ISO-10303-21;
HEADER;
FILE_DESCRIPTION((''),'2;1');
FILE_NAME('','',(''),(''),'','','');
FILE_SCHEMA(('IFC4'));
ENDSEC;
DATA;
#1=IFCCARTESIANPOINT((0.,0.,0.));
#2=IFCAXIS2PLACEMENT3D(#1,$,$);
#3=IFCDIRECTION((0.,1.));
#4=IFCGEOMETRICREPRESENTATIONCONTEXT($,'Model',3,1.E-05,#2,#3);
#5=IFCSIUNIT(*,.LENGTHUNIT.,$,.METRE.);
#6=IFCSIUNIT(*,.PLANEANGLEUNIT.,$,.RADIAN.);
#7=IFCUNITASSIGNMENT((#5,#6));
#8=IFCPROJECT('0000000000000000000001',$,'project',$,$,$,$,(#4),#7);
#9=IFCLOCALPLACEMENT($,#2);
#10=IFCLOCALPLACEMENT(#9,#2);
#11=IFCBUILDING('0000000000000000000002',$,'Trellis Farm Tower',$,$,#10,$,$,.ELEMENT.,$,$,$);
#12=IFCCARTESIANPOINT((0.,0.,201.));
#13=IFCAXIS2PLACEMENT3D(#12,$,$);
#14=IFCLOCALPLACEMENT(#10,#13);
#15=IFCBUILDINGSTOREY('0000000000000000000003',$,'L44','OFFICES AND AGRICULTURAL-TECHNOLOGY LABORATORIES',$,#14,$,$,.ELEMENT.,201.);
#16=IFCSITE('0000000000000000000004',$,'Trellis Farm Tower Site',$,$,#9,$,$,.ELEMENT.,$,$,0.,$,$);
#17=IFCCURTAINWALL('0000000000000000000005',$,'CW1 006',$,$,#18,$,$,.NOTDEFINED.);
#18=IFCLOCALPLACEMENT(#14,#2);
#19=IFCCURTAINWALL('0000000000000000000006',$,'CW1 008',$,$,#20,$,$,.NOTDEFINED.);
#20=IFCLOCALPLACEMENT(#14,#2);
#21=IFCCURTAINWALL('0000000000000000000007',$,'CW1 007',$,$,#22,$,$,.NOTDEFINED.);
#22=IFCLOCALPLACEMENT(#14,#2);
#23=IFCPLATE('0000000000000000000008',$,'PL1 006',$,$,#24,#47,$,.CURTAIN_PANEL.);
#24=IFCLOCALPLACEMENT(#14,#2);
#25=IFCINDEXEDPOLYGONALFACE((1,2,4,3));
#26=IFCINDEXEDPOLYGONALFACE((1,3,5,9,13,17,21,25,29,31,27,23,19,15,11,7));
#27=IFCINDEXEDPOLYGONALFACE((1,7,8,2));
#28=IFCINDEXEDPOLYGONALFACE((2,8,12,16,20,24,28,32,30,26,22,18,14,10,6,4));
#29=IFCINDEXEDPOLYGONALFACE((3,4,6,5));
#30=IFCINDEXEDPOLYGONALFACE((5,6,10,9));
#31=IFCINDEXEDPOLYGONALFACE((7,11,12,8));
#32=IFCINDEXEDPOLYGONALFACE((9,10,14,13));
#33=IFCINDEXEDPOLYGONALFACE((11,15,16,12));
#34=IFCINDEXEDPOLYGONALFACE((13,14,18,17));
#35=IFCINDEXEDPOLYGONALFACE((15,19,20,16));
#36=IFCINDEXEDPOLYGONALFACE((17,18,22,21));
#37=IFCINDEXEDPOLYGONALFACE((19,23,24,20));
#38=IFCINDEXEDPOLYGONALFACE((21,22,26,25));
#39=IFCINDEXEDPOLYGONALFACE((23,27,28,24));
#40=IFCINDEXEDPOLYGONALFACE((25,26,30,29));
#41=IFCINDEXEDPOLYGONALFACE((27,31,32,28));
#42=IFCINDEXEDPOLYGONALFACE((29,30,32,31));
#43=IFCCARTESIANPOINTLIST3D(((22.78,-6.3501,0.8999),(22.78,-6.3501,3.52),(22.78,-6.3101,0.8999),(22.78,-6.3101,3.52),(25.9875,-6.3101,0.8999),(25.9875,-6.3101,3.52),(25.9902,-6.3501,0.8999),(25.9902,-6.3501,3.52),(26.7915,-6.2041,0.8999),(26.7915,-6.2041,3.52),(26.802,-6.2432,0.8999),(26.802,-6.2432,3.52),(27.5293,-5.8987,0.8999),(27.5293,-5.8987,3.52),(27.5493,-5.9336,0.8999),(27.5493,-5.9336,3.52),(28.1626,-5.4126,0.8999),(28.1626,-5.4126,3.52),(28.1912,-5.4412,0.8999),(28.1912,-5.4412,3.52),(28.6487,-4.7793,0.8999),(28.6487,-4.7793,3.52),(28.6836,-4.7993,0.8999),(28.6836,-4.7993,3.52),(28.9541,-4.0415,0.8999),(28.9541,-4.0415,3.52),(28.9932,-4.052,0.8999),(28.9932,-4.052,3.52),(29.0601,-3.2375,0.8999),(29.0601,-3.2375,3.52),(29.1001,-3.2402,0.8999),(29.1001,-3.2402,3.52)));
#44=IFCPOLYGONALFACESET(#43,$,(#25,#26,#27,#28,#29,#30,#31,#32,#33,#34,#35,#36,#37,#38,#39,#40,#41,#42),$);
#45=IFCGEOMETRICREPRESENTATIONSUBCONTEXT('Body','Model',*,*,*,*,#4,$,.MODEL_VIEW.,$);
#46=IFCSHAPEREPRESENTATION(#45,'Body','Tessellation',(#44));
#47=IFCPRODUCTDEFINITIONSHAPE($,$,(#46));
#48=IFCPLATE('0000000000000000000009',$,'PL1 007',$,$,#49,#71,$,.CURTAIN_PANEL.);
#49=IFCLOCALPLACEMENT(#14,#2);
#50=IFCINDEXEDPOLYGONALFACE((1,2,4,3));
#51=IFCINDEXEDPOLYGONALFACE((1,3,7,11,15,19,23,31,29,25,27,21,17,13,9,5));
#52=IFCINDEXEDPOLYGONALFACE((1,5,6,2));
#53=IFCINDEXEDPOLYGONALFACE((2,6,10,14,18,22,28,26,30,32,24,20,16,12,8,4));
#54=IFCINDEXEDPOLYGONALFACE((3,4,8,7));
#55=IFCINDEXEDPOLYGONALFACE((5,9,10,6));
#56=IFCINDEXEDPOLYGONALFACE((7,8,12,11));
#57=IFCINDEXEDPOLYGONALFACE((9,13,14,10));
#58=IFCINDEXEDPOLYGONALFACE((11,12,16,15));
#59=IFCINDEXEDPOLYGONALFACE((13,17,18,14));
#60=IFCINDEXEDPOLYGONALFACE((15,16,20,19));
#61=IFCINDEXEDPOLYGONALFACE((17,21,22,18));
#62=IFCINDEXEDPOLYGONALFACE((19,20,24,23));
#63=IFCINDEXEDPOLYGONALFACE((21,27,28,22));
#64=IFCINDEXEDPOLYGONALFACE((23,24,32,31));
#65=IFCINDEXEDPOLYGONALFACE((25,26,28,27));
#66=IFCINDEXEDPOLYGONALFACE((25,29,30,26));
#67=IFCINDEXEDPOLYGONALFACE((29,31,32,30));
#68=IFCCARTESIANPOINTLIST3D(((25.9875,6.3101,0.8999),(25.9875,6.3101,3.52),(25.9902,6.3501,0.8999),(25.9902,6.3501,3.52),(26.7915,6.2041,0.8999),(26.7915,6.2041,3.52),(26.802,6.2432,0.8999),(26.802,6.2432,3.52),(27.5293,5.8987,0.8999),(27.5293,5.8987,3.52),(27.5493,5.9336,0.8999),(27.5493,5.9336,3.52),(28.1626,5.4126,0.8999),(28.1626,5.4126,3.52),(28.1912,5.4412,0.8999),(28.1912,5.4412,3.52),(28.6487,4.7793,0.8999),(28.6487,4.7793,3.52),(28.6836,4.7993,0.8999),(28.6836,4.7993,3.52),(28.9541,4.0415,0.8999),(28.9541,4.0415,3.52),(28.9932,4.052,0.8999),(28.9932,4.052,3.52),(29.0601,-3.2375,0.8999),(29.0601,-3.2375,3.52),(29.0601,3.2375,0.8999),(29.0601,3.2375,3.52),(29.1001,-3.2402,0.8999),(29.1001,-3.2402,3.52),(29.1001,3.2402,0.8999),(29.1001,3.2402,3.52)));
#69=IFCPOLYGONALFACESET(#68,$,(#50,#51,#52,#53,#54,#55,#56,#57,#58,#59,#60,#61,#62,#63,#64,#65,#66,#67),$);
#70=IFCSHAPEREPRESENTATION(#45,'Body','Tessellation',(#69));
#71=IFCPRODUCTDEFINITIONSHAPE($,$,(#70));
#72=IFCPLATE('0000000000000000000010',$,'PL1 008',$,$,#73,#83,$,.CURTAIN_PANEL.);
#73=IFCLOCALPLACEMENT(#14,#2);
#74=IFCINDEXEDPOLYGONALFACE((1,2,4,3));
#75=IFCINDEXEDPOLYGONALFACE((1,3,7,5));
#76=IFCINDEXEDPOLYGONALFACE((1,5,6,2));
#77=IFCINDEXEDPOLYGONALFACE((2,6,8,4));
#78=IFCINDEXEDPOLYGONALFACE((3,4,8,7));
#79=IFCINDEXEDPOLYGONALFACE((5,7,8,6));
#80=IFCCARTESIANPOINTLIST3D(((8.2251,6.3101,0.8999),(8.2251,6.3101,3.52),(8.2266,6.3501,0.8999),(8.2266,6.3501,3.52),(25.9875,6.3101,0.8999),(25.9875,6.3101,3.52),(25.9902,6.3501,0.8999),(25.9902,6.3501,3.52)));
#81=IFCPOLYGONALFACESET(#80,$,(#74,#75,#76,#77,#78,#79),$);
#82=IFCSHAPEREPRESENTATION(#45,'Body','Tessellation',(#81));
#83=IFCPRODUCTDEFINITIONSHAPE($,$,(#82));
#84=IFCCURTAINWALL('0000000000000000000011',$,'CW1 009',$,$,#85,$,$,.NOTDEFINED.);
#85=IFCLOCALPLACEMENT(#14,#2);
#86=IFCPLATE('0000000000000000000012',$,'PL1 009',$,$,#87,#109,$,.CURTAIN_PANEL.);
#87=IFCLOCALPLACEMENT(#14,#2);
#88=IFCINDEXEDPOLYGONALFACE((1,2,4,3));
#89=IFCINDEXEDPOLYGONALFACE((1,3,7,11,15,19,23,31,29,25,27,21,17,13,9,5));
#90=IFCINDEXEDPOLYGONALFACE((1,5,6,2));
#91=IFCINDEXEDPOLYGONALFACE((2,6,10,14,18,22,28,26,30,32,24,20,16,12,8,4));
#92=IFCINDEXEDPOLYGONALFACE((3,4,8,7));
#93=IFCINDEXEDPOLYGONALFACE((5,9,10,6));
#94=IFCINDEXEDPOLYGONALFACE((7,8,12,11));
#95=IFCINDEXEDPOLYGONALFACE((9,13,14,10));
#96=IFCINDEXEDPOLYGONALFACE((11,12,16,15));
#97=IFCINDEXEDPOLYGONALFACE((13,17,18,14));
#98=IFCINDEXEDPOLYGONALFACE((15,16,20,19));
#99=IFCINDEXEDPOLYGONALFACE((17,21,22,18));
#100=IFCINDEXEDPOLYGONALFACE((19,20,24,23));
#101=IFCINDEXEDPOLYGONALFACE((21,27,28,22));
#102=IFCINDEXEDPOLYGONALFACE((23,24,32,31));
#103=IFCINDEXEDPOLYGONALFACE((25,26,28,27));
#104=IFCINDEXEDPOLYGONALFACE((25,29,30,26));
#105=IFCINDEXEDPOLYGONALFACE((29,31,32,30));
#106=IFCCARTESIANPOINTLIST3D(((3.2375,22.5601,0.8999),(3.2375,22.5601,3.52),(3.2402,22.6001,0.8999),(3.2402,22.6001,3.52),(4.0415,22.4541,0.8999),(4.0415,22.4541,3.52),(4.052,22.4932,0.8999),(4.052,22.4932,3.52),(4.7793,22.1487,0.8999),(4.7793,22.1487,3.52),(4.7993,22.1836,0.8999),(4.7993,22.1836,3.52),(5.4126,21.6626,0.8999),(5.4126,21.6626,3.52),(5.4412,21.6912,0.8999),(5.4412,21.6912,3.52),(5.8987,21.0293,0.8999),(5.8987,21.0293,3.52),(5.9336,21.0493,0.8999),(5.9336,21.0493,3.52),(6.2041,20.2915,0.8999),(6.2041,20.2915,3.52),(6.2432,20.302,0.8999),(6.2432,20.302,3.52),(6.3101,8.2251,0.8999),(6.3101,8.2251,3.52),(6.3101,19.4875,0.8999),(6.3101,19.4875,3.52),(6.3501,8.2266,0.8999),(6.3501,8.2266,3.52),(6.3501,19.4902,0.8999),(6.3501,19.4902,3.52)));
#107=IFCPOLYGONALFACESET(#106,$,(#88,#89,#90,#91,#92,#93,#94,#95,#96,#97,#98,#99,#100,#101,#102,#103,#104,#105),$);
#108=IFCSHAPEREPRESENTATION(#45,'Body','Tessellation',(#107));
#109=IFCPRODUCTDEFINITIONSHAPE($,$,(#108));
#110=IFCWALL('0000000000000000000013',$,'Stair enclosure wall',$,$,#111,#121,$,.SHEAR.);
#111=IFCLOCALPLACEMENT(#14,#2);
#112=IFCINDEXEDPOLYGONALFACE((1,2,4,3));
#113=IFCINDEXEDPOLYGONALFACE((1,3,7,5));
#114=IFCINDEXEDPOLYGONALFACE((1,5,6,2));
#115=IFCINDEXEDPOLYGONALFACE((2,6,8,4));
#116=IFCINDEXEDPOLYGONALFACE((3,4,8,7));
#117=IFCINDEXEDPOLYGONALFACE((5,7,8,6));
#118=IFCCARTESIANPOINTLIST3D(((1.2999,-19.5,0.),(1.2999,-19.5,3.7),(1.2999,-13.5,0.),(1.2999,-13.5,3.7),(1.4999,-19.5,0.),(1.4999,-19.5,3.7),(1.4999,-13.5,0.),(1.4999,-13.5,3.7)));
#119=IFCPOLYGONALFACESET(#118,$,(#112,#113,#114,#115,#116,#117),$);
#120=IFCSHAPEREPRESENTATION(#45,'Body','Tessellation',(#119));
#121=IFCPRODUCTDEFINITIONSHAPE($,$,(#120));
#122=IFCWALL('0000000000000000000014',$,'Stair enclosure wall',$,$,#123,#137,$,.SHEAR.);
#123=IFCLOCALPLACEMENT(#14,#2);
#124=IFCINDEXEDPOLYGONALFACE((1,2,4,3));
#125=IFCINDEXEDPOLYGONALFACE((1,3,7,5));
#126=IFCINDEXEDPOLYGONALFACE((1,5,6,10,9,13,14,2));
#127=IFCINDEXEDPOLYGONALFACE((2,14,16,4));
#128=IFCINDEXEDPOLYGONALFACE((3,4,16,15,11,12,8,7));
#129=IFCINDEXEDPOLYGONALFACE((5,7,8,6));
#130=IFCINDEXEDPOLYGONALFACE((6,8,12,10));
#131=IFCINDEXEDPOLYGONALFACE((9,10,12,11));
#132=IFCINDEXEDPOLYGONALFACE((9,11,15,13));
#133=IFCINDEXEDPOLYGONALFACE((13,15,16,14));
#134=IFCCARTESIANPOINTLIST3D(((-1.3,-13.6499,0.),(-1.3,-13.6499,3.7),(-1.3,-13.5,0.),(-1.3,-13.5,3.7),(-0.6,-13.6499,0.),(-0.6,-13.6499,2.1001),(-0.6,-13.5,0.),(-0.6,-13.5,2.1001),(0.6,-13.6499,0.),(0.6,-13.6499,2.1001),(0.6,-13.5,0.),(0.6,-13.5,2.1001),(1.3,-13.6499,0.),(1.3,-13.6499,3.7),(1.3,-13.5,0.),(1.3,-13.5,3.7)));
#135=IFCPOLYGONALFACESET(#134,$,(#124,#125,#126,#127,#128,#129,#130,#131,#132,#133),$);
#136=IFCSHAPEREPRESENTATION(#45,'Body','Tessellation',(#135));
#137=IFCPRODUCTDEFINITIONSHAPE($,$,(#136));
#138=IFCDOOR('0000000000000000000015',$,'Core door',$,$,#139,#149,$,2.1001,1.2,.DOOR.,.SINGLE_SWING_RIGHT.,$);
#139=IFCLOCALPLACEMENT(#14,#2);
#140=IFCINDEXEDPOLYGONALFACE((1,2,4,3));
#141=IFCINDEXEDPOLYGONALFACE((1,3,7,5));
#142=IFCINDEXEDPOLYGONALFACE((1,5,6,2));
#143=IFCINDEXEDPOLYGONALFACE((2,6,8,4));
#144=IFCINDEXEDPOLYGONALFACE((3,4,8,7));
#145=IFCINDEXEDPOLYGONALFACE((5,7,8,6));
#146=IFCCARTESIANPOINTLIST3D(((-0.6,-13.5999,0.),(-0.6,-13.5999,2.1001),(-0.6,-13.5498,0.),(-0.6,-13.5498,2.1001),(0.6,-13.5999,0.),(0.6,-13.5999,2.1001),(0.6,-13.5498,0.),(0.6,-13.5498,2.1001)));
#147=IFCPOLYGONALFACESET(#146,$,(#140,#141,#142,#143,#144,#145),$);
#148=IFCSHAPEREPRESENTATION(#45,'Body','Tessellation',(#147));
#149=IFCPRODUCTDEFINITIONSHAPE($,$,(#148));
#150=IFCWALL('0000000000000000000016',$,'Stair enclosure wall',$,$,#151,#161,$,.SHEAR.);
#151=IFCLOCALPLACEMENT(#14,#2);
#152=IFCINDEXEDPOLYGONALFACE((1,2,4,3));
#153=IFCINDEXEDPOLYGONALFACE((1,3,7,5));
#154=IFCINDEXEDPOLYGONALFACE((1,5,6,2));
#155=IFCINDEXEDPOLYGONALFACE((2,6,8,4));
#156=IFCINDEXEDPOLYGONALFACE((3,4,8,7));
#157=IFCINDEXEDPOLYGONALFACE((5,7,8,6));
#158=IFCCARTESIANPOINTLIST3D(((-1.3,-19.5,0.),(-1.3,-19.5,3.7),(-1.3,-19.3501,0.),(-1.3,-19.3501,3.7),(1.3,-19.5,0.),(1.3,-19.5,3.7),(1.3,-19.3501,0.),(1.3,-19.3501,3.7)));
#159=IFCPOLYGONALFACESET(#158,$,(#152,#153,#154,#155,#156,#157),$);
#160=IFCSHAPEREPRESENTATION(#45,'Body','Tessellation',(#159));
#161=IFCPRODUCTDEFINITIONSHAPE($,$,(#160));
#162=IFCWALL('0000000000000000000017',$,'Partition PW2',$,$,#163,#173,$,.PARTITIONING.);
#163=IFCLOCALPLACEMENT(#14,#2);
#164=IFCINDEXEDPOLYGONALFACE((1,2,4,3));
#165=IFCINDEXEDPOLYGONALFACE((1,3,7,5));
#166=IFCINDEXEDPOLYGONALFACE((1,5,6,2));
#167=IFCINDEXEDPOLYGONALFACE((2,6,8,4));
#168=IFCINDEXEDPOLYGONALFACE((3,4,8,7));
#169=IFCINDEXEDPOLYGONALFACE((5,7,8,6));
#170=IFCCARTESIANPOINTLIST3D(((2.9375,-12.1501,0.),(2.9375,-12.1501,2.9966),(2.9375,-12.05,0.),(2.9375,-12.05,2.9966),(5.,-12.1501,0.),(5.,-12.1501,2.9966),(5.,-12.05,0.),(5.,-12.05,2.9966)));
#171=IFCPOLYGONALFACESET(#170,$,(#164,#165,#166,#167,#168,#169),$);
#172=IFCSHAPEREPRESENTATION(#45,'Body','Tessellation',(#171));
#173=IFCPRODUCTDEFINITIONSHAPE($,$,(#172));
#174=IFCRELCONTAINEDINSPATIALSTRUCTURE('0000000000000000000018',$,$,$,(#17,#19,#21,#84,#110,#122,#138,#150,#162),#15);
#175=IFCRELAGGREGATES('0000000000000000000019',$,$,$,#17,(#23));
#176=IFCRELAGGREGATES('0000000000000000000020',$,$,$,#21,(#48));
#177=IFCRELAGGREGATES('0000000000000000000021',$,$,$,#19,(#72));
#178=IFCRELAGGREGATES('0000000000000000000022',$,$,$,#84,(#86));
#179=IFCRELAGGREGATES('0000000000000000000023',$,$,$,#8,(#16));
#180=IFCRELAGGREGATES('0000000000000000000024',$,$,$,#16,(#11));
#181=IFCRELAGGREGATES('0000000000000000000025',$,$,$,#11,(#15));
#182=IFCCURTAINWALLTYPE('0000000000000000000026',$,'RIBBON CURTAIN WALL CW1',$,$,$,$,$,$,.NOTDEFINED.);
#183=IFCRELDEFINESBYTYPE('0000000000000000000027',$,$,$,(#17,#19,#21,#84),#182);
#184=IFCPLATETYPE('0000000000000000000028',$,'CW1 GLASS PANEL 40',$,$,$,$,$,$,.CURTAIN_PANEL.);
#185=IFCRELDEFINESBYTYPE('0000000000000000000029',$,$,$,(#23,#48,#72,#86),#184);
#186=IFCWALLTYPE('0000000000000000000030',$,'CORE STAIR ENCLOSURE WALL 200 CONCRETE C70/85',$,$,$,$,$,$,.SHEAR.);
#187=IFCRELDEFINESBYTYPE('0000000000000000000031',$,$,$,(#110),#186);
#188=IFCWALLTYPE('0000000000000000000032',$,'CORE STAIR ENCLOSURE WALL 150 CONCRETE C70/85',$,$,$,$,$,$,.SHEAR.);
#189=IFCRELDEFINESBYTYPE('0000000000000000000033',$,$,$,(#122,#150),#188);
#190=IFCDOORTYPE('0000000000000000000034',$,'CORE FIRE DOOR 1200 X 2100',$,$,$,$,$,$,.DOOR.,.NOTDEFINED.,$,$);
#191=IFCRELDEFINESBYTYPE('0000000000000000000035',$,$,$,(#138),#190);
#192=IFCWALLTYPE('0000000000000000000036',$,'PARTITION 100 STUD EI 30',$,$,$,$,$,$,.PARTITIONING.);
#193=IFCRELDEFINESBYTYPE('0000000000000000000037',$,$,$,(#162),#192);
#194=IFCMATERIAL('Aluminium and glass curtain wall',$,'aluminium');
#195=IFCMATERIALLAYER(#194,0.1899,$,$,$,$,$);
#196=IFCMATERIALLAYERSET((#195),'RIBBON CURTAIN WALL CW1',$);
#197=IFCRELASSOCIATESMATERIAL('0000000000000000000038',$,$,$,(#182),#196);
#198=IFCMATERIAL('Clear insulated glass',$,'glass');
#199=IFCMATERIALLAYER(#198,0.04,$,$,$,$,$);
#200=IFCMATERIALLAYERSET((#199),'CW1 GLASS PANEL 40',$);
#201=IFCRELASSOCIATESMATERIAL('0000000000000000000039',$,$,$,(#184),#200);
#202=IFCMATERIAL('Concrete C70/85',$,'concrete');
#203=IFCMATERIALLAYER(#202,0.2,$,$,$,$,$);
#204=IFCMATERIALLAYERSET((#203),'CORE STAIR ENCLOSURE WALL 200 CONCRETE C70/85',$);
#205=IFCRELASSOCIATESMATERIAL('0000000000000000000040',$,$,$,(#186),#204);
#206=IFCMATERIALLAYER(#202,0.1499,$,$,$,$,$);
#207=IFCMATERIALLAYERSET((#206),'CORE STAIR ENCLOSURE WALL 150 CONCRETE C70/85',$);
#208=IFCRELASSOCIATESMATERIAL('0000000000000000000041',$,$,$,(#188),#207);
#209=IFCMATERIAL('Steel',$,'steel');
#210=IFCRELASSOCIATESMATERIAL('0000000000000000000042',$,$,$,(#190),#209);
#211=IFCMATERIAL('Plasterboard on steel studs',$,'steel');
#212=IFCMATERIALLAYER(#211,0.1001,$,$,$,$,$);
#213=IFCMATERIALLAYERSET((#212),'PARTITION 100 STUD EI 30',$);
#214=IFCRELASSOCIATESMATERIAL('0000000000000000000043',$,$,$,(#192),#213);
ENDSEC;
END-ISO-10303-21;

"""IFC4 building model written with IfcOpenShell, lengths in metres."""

from ifc_helpers import new_model, si_unit, direction, frame, frame_2d, origin, place, context, subcontext, project, spatial, polyline, rectangle, outline, extrude, source, transform, mapped, material, layer, layer_set, type_object, element, fill, aggregate, save


model = new_model("IFC4")

# Units and contexts
model_context = context("Model", 3, precision=1e-05, world=origin(), true_north=direction((0.0, 1.0)))
body_context = subcontext(model_context, "Body", "Model", "MODEL_VIEW")
ifc_project = project(units=[si_unit("LENGTHUNIT", "METRE"), si_unit("PLANEANGLEUNIT", "RADIAN")], contexts=[model_context])

# Site, building, storey
site_placement = place(None, origin())
site = spatial("IfcSite", under=ifc_project, at=site_placement, Name="Trellis Farm Tower Site", CompositionType="ELEMENT", RefElevation=0.0)
building_placement = place(site_placement, origin())
building = spatial("IfcBuilding", under=site, at=building_placement, Name="Trellis Farm Tower", CompositionType="ELEMENT")
storey_placement = place(building_placement, frame((0.0, 0.0, 201.0)))
storey = spatial("IfcBuildingStorey", under=building, at=storey_placement, Name="L44", Description="OFFICES AND AGRICULTURAL-TECHNOLOGY LABORATORIES", CompositionType="ELEMENT", Elevation=201.0)

# Shared definitions
ifc_material_1 = material(Name="Concrete C70/85", Category="concrete")

# Curtain walls
ifc_material_2 = material(Name="Aluminium and glass curtain wall", Category="aluminium")
placement_1 = place(storey_placement, origin())
ifc_layer_1 = layer(ifc_material_2, 0.1899)
ifc_layer_set_1 = layer_set([ifc_layer_1], Name="RIBBON CURTAIN WALL CW1")
curtain_wall_type_1 = type_object("IfcCurtainWallType", Name="RIBBON CURTAIN WALL CW1", PredefinedType="NOTDEFINED", material=ifc_layer_set_1)
curtain_wall_1 = element("IfcCurtainWall", 1, at=placement_1, inside=storey, type_object=curtain_wall_type_1, Name="CW1 006", PredefinedType="NOTDEFINED")
curtain_wall_2 = element("IfcCurtainWall", 2, at=placement_1, inside=storey, type_object=curtain_wall_type_1, Name="CW1 008", PredefinedType="NOTDEFINED")
curtain_wall_3 = element("IfcCurtainWall", 3, at=placement_1, inside=storey, type_object=curtain_wall_type_1, Name="CW1 007", PredefinedType="NOTDEFINED")

# Plates
ifc_material_3 = material(Name="Clear insulated glass", Category="glass")
ifc_layer_2 = layer(ifc_material_3, 0.04)
ifc_layer_set_2 = layer_set([ifc_layer_2], Name="CW1 GLASS PANEL 40")
plate_type_1 = type_object("IfcPlateType", Name="CW1 GLASS PANEL 40", PredefinedType="CURTAIN_PANEL", material=ifc_layer_set_2)
shared_shape_1 = source(origin(), body_context, "Body", "SweptSolid", [
    extrude(outline(polyline([(22.78, -6.3501), (25.9902, -6.3501), (26.802, -6.2432), (27.5493, -5.9336), (28.1912, -5.4412), (28.6836, -4.7993), (28.9932, -4.052), (29.1001, -3.2402), (29.0601, -3.2375), (28.9541, -4.0415), (28.6487, -4.7793), (28.1626, -5.4126), (27.5293, -5.8987), (26.7915, -6.2041), (25.9875, -6.3101), (22.78, -6.3101), (22.78, -6.3501)])), origin(), (0.0, 0.0, 1.0), 2.6201),
])
placement_2 = place(storey_placement, frame((0.0, 0.0, 0.8999)))
plate_1 = element("IfcPlate", 4, at=placement_2, type_object=plate_type_1, Name="PL1 006", PredefinedType="CURTAIN_PANEL", context=body_context, shape_type="MappedRepresentation", body=[
    mapped(shared_shape_1, transform((0.0, 0.0, 0.0))),
])
aggregate(curtain_wall_1, [plate_1])
shared_shape_2 = source(origin(), body_context, "Body", "SweptSolid", [
    extrude(outline(polyline([(29.1001, -3.2402), (29.1001, 3.2402), (28.9932, 4.052), (28.6836, 4.7993), (28.1912, 5.4412), (27.5493, 5.9336), (26.802, 6.2432), (25.9902, 6.3501), (25.9875, 6.3101), (26.7915, 6.2041), (27.5293, 5.8987), (28.1626, 5.4126), (28.6487, 4.7793), (28.9541, 4.0415), (29.0601, 3.2375), (29.0601, -3.2375), (29.1001, -3.2402)])), origin(), (0.0, 0.0, 1.0), 2.6201),
])
plate_2 = element("IfcPlate", 5, at=placement_2, type_object=plate_type_1, Name="PL1 007", PredefinedType="CURTAIN_PANEL", context=body_context, shape_type="MappedRepresentation", body=[
    mapped(shared_shape_2, transform((0.0, 0.0, 0.0))),
])
aggregate(curtain_wall_3, [plate_2])
shared_shape_3 = source(origin(), body_context, "Body", "SweptSolid", [
    extrude(outline(polyline([(25.9902, 6.3501), (8.2266, 6.3501), (8.2251, 6.3101), (25.9875, 6.3101), (25.9902, 6.3501)])), origin(), (0.0, 0.0, 1.0), 2.6201),
])
plate_3 = element("IfcPlate", 6, at=placement_2, type_object=plate_type_1, Name="PL1 008", PredefinedType="CURTAIN_PANEL", context=body_context, shape_type="MappedRepresentation", body=[
    mapped(shared_shape_3, transform((0.0, 0.0, 0.0))),
])
aggregate(curtain_wall_2, [plate_3])

# Curtain wall, plate
curtain_wall_4 = element("IfcCurtainWall", 7, at=placement_1, inside=storey, type_object=curtain_wall_type_1, Name="CW1 009", PredefinedType="NOTDEFINED")
shared_shape_4 = source(origin(), body_context, "Body", "SweptSolid", [
    extrude(outline(polyline([(6.3501, 8.2266), (6.3501, 19.4902), (6.2432, 20.302), (5.9336, 21.0493), (5.4412, 21.6912), (4.7993, 22.1836), (4.052, 22.4932), (3.2402, 22.6001), (3.2375, 22.5601), (4.0415, 22.4541), (4.7793, 22.1487), (5.4126, 21.6626), (5.8987, 21.0293), (6.2041, 20.2915), (6.3101, 19.4875), (6.3101, 8.2251), (6.3501, 8.2266)])), origin(), (0.0, 0.0, 1.0), 2.6201),
])
plate_4 = element("IfcPlate", 8, at=placement_2, type_object=plate_type_1, Name="PL1 009", PredefinedType="CURTAIN_PANEL", context=body_context, shape_type="MappedRepresentation", body=[
    mapped(shared_shape_4, transform((0.0, 0.0, 0.0))),
])
aggregate(curtain_wall_4, [plate_4])

# Wall
ifc_layer_3 = layer(ifc_material_1, 0.2)
ifc_layer_set_3 = layer_set([ifc_layer_3], Name="CORE STAIR ENCLOSURE WALL 200 CONCRETE C70/85")
wall_type_1 = type_object("IfcWallType", Name="CORE STAIR ENCLOSURE WALL 200 CONCRETE C70/85", PredefinedType="SHEAR", material=ifc_layer_set_3)
shared_shape_5 = source(origin(), body_context, "Body", "SweptSolid", [
    extrude(rectangle(XDim=6.0, YDim=0.2, at=frame_2d((3.0, 0.0))), origin(), (0.0, 0.0, 1.0), 3.7),
])
wall_1_placement = place(storey_placement, frame((1.3999, -13.5, 0.0), z_axis=(0.0, 0.0, 1.0), x_axis=(0.0, -1.0, 0.0)))
element("IfcWall", 9, at=wall_1_placement, inside=storey, type_object=wall_type_1, Name="Stair enclosure wall", PredefinedType="SHEAR", context=body_context, shape_type="MappedRepresentation", body=[
    mapped(shared_shape_5, transform((0.0, 0.0, 0.0))),
])

# Wall, opening, door
ifc_layer_4 = layer(ifc_material_1, 0.1499)
ifc_layer_set_4 = layer_set([ifc_layer_4], Name="CORE STAIR ENCLOSURE WALL 150 CONCRETE C70/85")
wall_type_2 = type_object("IfcWallType", Name="CORE STAIR ENCLOSURE WALL 150 CONCRETE C70/85", PredefinedType="SHEAR", material=ifc_layer_set_4)
shared_shape_6 = source(origin(), body_context, "Body", "SweptSolid", [
    extrude(rectangle(XDim=2.6001, YDim=0.1499, at=frame_2d((1.3, 0.0))), origin(), (0.0, 0.0, 1.0), 3.7),
])
wall_2_placement = place(storey_placement, frame((1.3, -13.575, 0.0), z_axis=(0.0, 0.0, 1.0), x_axis=(-1.0, 0.0, 0.0)))
wall_2 = element("IfcWall", 10, at=wall_2_placement, inside=storey, type_object=wall_type_2, Name="Stair enclosure wall", PredefinedType="SHEAR", context=body_context, shape_type="MappedRepresentation", body=[
    mapped(shared_shape_6, transform((0.0, 0.0, 0.0))),
])
shared_shape_7 = source(origin(), body_context, "Body", "SweptSolid", [
    extrude(rectangle(XDim=1.2, YDim=2.1001, at=frame_2d((0.6001, 1.05))), frame((0.0, 0.085, 0.0), z_axis=(0.0, -1.0, 0.0), x_axis=(1.0, 0.0, 0.0)), (0.0, 0.0, 1.0), 0.1699),
])
opening_1_placement = place(wall_2_placement, frame((0.7, 0.0, 0.0)))
opening_1 = element("IfcOpeningElement", 11, at=opening_1_placement, cuts=wall_2, PredefinedType="OPENING", context=body_context, shape_type="MappedRepresentation", body=[
    mapped(shared_shape_7, transform((0.0, 0.0, 0.0))),
])
ifc_material_4 = material(Name="Steel", Category="steel")
door_type_1 = type_object("IfcDoorType", Name="CORE FIRE DOOR 1200 X 2100", OperationType="NOTDEFINED", PredefinedType="DOOR", material=ifc_material_4)
shared_shape_8 = source(origin(), body_context, "Body", "SweptSolid", [
    extrude(rectangle(XDim=1.2, YDim=2.1001, at=frame_2d((0.6001, 1.05))), frame((0.0, 0.0249, 0.0), z_axis=(0.0, -1.0, 0.0), x_axis=(1.0, 0.0, 0.0)), (0.0, 0.0, 1.0), 0.05),
])
door_1_placement = place(opening_1_placement, origin())
door_1 = element("IfcDoor", 12, at=door_1_placement, inside=storey, type_object=door_type_1, Name="Core door", OperationType="SINGLE_SWING_RIGHT", OverallHeight=2.1001, OverallWidth=1.2, PredefinedType="DOOR", context=body_context, shape_type="MappedRepresentation", body=[
    mapped(shared_shape_8, transform((0.0, 0.0, 0.0))),
])
fill(opening_1, door_1)

# Walls
wall_3_placement = place(storey_placement, frame((1.3, -19.425, 0.0), z_axis=(0.0, 0.0, 1.0), x_axis=(-1.0, 0.0, 0.0)))
element("IfcWall", 13, at=wall_3_placement, inside=storey, type_object=wall_type_2, Name="Stair enclosure wall", PredefinedType="SHEAR", context=body_context, shape_type="MappedRepresentation", body=[
    mapped(shared_shape_6, transform((0.0, 0.0, 0.0))),
])
ifc_material_5 = material(Name="Plasterboard on steel studs", Category="steel")
ifc_layer_5 = layer(ifc_material_5, 0.1001)
ifc_layer_set_5 = layer_set([ifc_layer_5], Name="PARTITION 100 STUD EI 30")
wall_type_3 = type_object("IfcWallType", Name="PARTITION 100 STUD EI 30", PredefinedType="PARTITIONING", material=ifc_layer_set_5)
shared_shape_9 = source(origin(), body_context, "Body", "SweptSolid", [
    extrude(rectangle(XDim=2.0625, YDim=0.1001, at=frame_2d((1.0312, 0.0))), origin(), (0.0, 0.0, 1.0), 2.9966),
])
wall_4_placement = place(storey_placement, frame((2.9375, -12.1001, 0.0), z_axis=(0.0, 0.0, 1.0), x_axis=(1.0, 0.0, 0.0)))
element("IfcWall", 14, at=wall_4_placement, inside=storey, type_object=wall_type_3, Name="Partition PW2", PredefinedType="PARTITIONING", context=body_context, shape_type="MappedRepresentation", body=[
    mapped(shared_shape_9, transform((0.0, 0.0, 0.0))),
])

save(model, "model.ifc")
